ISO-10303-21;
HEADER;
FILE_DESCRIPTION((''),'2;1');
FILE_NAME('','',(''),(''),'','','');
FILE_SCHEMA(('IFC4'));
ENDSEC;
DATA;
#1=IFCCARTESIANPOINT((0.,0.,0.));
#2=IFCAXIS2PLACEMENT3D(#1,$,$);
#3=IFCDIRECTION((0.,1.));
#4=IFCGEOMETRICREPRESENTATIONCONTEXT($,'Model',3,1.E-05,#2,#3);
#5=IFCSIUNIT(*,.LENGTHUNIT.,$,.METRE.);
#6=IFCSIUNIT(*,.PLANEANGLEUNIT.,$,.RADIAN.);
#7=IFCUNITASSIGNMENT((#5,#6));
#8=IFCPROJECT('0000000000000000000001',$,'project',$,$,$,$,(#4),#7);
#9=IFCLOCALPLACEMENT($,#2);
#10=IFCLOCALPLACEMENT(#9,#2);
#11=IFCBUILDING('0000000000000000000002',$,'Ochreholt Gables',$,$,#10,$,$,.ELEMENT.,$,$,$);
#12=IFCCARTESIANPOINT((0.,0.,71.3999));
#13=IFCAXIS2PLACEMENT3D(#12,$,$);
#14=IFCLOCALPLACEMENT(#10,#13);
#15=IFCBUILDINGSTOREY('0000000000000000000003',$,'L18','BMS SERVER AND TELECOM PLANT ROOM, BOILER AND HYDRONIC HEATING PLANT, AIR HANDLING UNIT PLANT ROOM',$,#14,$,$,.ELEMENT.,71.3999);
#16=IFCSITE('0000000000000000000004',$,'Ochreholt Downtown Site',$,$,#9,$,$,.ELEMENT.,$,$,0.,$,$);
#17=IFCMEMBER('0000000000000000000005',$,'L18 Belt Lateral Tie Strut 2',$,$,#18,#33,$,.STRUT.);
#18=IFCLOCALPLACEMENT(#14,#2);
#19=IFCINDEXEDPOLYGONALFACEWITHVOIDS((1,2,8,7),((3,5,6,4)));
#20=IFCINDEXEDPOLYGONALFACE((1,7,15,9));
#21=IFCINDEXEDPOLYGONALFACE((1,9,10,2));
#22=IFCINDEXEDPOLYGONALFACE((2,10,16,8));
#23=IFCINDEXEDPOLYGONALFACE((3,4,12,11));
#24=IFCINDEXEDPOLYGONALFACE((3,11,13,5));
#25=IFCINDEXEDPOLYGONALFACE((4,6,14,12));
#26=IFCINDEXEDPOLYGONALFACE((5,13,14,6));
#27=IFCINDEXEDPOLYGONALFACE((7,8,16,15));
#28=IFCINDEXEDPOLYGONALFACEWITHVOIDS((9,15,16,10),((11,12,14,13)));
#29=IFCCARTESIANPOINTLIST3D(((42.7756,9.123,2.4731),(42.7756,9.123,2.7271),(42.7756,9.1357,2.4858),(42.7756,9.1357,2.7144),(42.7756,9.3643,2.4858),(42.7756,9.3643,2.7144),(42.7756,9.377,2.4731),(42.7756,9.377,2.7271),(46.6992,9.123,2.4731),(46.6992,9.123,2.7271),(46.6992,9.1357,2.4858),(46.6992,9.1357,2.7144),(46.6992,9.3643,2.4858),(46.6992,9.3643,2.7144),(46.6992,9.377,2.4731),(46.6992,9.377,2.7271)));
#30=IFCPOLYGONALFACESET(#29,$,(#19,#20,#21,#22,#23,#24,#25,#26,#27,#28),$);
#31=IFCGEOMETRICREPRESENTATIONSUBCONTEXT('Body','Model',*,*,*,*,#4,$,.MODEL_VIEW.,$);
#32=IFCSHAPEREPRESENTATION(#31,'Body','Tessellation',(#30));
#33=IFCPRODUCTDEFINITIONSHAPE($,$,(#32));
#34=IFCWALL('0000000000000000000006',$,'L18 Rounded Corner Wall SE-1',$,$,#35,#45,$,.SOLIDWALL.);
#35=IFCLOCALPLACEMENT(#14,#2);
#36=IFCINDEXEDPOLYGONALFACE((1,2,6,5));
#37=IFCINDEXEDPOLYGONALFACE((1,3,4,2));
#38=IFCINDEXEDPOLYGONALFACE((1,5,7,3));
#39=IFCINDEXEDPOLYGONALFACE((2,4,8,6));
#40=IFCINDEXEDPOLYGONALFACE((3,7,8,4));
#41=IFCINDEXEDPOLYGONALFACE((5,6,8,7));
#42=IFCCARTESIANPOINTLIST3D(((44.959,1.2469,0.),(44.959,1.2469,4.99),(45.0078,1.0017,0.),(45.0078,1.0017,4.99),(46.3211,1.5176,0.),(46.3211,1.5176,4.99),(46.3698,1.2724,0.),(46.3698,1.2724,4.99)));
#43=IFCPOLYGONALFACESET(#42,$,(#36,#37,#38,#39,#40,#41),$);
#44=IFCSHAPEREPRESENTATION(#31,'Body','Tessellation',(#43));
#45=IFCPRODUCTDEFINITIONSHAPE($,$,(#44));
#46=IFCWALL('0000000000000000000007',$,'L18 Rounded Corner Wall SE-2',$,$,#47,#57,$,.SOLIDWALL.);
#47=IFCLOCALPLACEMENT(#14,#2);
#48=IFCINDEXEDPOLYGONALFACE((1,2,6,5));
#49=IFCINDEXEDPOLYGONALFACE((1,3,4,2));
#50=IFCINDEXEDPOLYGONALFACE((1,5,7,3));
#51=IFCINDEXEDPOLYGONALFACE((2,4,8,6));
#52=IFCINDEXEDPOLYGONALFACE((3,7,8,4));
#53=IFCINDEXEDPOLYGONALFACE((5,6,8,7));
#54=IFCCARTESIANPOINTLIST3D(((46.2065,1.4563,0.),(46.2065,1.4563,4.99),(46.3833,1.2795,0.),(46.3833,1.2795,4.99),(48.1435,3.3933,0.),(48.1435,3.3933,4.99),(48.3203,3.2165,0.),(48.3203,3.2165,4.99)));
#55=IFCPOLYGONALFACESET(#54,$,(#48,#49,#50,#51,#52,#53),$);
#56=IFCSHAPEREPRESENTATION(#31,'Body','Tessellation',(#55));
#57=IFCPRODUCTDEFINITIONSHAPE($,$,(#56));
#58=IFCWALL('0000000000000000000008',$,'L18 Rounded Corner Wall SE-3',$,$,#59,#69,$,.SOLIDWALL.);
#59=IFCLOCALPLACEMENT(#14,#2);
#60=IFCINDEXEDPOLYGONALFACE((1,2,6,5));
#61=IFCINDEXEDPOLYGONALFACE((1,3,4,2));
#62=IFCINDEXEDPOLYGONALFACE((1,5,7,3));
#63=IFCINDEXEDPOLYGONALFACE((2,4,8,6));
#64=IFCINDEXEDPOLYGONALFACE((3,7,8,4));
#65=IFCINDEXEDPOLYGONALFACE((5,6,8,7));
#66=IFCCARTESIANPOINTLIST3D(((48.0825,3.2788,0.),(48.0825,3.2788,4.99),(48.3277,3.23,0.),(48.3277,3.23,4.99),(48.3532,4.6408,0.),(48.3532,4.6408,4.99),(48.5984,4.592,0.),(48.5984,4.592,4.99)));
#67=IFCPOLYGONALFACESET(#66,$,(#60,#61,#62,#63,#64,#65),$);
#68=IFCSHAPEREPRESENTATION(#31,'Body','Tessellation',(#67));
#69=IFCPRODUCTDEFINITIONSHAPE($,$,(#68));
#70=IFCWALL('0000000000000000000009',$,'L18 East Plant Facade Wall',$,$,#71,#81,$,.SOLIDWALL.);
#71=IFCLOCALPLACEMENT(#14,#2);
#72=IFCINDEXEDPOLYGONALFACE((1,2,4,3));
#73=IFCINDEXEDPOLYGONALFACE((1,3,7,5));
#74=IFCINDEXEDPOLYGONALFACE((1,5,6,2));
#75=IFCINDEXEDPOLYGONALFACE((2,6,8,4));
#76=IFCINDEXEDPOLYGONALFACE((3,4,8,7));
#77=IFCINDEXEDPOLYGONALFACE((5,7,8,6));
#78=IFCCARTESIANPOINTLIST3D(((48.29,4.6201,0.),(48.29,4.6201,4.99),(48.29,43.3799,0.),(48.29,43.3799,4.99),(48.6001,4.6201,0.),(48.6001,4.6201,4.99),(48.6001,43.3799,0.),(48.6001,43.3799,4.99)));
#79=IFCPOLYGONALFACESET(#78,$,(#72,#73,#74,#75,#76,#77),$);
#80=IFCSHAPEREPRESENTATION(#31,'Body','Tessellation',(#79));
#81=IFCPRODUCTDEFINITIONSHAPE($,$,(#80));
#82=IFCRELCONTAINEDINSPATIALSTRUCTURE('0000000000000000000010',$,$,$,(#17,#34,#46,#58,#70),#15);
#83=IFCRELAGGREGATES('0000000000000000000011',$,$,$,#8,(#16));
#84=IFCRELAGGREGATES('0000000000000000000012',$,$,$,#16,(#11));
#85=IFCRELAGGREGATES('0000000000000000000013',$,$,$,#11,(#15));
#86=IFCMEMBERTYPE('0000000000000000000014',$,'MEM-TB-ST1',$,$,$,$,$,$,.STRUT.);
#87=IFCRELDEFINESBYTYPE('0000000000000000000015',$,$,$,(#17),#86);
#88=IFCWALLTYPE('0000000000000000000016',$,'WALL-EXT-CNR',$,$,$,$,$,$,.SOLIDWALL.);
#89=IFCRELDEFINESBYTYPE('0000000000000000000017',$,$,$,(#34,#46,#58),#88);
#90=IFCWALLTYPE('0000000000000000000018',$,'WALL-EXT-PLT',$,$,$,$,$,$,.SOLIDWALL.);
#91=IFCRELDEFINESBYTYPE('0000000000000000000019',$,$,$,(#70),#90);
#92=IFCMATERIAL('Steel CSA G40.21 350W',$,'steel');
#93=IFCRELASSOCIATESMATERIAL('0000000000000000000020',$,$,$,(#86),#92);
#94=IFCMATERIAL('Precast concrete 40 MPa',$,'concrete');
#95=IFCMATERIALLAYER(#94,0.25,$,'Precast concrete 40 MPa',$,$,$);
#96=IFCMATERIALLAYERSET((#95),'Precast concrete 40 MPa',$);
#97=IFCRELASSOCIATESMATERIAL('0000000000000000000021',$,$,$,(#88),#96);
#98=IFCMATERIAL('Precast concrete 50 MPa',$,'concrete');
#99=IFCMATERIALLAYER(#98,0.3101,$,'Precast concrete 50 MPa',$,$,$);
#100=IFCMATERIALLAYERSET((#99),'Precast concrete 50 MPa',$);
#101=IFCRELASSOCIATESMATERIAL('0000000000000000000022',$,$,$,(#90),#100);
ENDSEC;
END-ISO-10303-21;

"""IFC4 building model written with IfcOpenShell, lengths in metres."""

from ifc_helpers import new_model, si_unit, direction, frame, frame_2d, origin, origin_2d, place, context, subcontext, project, spatial, rectangle, hollow_rectangle, extrude, material, layer, layer_set, material_profile, profile_set, type_object, element, save


model = new_model("IFC4")

# Units and contexts
model_context = context("Model", 3, precision=1e-05, world=origin(), true_north=direction((0.0, 1.0)))
body_context = subcontext(model_context, "Body", "Model", "MODEL_VIEW")
ifc_project = project(units=[si_unit("LENGTHUNIT", "METRE"), si_unit("PLANEANGLEUNIT", "RADIAN")], contexts=[model_context])

# Site, building, storey
site_placement = place(None, origin())
site = spatial("IfcSite", under=ifc_project, at=site_placement, Name="Ochreholt Downtown Site", CompositionType="ELEMENT", RefElevation=0.0)
building_placement = place(site_placement, origin())
building = spatial("IfcBuilding", under=site, at=building_placement, Name="Ochreholt Gables", CompositionType="ELEMENT")
storey_placement = place(building_placement, frame((0.0, 0.0, 71.3999)))
storey = spatial("IfcBuildingStorey", under=building, at=storey_placement, Name="L18", Description="BMS SERVER AND TELECOM PLANT ROOM, BOILER AND HYDRONIC HEATING PLANT, AIR HANDLING UNIT PLANT ROOM", CompositionType="ELEMENT", Elevation=71.3999)

# Shared definitions
ifc_material_1 = material(Name="Steel CSA G40.21 350W", Category="steel")

# Member
ifc_material_profile_1 = material_profile(ifc_material_1, hollow_rectangle(XDim=0.2539, YDim=0.2539, WallThickness=0.0127, at=origin_2d()), Name="HSS254X254X13")
ifc_profile_set_1 = profile_set([ifc_material_profile_1], Name="Steel CSA G40.21 350W")
member_type_1 = type_object("IfcMemberType", Name="MEM-TB-ST1", PredefinedType="STRUT", material=ifc_profile_set_1)
for number, where, z_axis, x_axis, name in (
    (1, (42.7756, 9.25, 2.6001), (1.0, 0.0, 0.0), (0.0, 1.0, 0.0), "L18 Belt Lateral Tie Strut 2"),
):
    element("IfcMember", number, at=place(storey_placement, frame(where, z_axis=z_axis, x_axis=x_axis)), inside=storey, type_object=member_type_1, Name=name, PredefinedType="STRUT", context=body_context, shape_type="SweptSolid", body=[
        extrude(hollow_rectangle(XDim=0.2539, YDim=0.2539, WallThickness=0.0127, at=origin_2d()), origin(), (0.0, 0.0, 1.0), 3.9236),
    ])

# Walls
ifc_material_2 = material(Name="Precast concrete 40 MPa", Category="concrete")
ifc_layer_1 = layer(ifc_material_2, 0.25, Name="Precast concrete 40 MPa")
ifc_layer_set_1 = layer_set([ifc_layer_1], Name="Precast concrete 40 MPa")
wall_type_1 = type_object("IfcWallType", Name="WALL-EXT-CNR", PredefinedType="SOLIDWALL", material=ifc_layer_set_1)
wall_1_placement = place(storey_placement, frame((44.9834, 1.1243, 0.0), z_axis=(0.0, 0.0, 1.0), x_axis=(0.98081, 0.194967, 0.0)))
element("IfcWall", 2, at=wall_1_placement, inside=storey, type_object=wall_type_1, Name="L18 Rounded Corner Wall SE-1", PredefinedType="SOLIDWALL", context=body_context, shape_type="SweptSolid", body=[
    extrude(rectangle(XDim=1.3887, YDim=0.25, at=frame_2d((0.6943, 0.0))), origin(), (0.0, 0.0, 1.0), 4.99),
])
wall_2_placement = place(storey_placement, frame((46.2949, 1.3679, 0.0), z_axis=(0.0, 0.0, 1.0), x_axis=(0.707107, 0.707107, 0.0)))
element("IfcWall", 3, at=wall_2_placement, inside=storey, type_object=wall_type_1, Name="L18 Rounded Corner Wall SE-2", PredefinedType="SOLIDWALL", context=body_context, shape_type="SweptSolid", body=[
    extrude(rectangle(XDim=2.7393, YDim=0.25, at=frame_2d((1.3696, 0.0))), origin(), (0.0, 0.0, 1.0), 4.99),
])
wall_3_placement = place(storey_placement, frame((48.2051, 3.2544, 0.0), z_axis=(0.0, 0.0, 1.0), x_axis=(0.194967, 0.98081, 0.0)))
element("IfcWall", 4, at=wall_3_placement, inside=storey, type_object=wall_type_1, Name="L18 Rounded Corner Wall SE-3", PredefinedType="SOLIDWALL", context=body_context, shape_type="SweptSolid", body=[
    extrude(rectangle(XDim=1.3887, YDim=0.25, at=frame_2d((0.6943, 0.0))), origin(), (0.0, 0.0, 1.0), 4.99),
])
ifc_material_3 = material(Name="Precast concrete 50 MPa", Category="concrete")
ifc_layer_2 = layer(ifc_material_3, 0.3101, Name="Precast concrete 50 MPa")
ifc_layer_set_2 = layer_set([ifc_layer_2], Name="Precast concrete 50 MPa")
wall_type_2 = type_object("IfcWallType", Name="WALL-EXT-PLT", PredefinedType="SOLIDWALL", material=ifc_layer_set_2)
wall_4_placement = place(storey_placement, frame((48.4451, 4.6201, 0.0), z_axis=(0.0, 0.0, 1.0), x_axis=(0.0, 1.0, 0.0)))
element("IfcWall", 5, at=wall_4_placement, inside=storey, type_object=wall_type_2, Name="L18 East Plant Facade Wall", PredefinedType="SOLIDWALL", context=body_context, shape_type="SweptSolid", body=[
    extrude(rectangle(XDim=38.7598, YDim=0.3101, at=frame_2d((19.3799, 0.0))), origin(), (0.0, 0.0, 1.0), 4.99),
])

save(model, "model.ifc")
